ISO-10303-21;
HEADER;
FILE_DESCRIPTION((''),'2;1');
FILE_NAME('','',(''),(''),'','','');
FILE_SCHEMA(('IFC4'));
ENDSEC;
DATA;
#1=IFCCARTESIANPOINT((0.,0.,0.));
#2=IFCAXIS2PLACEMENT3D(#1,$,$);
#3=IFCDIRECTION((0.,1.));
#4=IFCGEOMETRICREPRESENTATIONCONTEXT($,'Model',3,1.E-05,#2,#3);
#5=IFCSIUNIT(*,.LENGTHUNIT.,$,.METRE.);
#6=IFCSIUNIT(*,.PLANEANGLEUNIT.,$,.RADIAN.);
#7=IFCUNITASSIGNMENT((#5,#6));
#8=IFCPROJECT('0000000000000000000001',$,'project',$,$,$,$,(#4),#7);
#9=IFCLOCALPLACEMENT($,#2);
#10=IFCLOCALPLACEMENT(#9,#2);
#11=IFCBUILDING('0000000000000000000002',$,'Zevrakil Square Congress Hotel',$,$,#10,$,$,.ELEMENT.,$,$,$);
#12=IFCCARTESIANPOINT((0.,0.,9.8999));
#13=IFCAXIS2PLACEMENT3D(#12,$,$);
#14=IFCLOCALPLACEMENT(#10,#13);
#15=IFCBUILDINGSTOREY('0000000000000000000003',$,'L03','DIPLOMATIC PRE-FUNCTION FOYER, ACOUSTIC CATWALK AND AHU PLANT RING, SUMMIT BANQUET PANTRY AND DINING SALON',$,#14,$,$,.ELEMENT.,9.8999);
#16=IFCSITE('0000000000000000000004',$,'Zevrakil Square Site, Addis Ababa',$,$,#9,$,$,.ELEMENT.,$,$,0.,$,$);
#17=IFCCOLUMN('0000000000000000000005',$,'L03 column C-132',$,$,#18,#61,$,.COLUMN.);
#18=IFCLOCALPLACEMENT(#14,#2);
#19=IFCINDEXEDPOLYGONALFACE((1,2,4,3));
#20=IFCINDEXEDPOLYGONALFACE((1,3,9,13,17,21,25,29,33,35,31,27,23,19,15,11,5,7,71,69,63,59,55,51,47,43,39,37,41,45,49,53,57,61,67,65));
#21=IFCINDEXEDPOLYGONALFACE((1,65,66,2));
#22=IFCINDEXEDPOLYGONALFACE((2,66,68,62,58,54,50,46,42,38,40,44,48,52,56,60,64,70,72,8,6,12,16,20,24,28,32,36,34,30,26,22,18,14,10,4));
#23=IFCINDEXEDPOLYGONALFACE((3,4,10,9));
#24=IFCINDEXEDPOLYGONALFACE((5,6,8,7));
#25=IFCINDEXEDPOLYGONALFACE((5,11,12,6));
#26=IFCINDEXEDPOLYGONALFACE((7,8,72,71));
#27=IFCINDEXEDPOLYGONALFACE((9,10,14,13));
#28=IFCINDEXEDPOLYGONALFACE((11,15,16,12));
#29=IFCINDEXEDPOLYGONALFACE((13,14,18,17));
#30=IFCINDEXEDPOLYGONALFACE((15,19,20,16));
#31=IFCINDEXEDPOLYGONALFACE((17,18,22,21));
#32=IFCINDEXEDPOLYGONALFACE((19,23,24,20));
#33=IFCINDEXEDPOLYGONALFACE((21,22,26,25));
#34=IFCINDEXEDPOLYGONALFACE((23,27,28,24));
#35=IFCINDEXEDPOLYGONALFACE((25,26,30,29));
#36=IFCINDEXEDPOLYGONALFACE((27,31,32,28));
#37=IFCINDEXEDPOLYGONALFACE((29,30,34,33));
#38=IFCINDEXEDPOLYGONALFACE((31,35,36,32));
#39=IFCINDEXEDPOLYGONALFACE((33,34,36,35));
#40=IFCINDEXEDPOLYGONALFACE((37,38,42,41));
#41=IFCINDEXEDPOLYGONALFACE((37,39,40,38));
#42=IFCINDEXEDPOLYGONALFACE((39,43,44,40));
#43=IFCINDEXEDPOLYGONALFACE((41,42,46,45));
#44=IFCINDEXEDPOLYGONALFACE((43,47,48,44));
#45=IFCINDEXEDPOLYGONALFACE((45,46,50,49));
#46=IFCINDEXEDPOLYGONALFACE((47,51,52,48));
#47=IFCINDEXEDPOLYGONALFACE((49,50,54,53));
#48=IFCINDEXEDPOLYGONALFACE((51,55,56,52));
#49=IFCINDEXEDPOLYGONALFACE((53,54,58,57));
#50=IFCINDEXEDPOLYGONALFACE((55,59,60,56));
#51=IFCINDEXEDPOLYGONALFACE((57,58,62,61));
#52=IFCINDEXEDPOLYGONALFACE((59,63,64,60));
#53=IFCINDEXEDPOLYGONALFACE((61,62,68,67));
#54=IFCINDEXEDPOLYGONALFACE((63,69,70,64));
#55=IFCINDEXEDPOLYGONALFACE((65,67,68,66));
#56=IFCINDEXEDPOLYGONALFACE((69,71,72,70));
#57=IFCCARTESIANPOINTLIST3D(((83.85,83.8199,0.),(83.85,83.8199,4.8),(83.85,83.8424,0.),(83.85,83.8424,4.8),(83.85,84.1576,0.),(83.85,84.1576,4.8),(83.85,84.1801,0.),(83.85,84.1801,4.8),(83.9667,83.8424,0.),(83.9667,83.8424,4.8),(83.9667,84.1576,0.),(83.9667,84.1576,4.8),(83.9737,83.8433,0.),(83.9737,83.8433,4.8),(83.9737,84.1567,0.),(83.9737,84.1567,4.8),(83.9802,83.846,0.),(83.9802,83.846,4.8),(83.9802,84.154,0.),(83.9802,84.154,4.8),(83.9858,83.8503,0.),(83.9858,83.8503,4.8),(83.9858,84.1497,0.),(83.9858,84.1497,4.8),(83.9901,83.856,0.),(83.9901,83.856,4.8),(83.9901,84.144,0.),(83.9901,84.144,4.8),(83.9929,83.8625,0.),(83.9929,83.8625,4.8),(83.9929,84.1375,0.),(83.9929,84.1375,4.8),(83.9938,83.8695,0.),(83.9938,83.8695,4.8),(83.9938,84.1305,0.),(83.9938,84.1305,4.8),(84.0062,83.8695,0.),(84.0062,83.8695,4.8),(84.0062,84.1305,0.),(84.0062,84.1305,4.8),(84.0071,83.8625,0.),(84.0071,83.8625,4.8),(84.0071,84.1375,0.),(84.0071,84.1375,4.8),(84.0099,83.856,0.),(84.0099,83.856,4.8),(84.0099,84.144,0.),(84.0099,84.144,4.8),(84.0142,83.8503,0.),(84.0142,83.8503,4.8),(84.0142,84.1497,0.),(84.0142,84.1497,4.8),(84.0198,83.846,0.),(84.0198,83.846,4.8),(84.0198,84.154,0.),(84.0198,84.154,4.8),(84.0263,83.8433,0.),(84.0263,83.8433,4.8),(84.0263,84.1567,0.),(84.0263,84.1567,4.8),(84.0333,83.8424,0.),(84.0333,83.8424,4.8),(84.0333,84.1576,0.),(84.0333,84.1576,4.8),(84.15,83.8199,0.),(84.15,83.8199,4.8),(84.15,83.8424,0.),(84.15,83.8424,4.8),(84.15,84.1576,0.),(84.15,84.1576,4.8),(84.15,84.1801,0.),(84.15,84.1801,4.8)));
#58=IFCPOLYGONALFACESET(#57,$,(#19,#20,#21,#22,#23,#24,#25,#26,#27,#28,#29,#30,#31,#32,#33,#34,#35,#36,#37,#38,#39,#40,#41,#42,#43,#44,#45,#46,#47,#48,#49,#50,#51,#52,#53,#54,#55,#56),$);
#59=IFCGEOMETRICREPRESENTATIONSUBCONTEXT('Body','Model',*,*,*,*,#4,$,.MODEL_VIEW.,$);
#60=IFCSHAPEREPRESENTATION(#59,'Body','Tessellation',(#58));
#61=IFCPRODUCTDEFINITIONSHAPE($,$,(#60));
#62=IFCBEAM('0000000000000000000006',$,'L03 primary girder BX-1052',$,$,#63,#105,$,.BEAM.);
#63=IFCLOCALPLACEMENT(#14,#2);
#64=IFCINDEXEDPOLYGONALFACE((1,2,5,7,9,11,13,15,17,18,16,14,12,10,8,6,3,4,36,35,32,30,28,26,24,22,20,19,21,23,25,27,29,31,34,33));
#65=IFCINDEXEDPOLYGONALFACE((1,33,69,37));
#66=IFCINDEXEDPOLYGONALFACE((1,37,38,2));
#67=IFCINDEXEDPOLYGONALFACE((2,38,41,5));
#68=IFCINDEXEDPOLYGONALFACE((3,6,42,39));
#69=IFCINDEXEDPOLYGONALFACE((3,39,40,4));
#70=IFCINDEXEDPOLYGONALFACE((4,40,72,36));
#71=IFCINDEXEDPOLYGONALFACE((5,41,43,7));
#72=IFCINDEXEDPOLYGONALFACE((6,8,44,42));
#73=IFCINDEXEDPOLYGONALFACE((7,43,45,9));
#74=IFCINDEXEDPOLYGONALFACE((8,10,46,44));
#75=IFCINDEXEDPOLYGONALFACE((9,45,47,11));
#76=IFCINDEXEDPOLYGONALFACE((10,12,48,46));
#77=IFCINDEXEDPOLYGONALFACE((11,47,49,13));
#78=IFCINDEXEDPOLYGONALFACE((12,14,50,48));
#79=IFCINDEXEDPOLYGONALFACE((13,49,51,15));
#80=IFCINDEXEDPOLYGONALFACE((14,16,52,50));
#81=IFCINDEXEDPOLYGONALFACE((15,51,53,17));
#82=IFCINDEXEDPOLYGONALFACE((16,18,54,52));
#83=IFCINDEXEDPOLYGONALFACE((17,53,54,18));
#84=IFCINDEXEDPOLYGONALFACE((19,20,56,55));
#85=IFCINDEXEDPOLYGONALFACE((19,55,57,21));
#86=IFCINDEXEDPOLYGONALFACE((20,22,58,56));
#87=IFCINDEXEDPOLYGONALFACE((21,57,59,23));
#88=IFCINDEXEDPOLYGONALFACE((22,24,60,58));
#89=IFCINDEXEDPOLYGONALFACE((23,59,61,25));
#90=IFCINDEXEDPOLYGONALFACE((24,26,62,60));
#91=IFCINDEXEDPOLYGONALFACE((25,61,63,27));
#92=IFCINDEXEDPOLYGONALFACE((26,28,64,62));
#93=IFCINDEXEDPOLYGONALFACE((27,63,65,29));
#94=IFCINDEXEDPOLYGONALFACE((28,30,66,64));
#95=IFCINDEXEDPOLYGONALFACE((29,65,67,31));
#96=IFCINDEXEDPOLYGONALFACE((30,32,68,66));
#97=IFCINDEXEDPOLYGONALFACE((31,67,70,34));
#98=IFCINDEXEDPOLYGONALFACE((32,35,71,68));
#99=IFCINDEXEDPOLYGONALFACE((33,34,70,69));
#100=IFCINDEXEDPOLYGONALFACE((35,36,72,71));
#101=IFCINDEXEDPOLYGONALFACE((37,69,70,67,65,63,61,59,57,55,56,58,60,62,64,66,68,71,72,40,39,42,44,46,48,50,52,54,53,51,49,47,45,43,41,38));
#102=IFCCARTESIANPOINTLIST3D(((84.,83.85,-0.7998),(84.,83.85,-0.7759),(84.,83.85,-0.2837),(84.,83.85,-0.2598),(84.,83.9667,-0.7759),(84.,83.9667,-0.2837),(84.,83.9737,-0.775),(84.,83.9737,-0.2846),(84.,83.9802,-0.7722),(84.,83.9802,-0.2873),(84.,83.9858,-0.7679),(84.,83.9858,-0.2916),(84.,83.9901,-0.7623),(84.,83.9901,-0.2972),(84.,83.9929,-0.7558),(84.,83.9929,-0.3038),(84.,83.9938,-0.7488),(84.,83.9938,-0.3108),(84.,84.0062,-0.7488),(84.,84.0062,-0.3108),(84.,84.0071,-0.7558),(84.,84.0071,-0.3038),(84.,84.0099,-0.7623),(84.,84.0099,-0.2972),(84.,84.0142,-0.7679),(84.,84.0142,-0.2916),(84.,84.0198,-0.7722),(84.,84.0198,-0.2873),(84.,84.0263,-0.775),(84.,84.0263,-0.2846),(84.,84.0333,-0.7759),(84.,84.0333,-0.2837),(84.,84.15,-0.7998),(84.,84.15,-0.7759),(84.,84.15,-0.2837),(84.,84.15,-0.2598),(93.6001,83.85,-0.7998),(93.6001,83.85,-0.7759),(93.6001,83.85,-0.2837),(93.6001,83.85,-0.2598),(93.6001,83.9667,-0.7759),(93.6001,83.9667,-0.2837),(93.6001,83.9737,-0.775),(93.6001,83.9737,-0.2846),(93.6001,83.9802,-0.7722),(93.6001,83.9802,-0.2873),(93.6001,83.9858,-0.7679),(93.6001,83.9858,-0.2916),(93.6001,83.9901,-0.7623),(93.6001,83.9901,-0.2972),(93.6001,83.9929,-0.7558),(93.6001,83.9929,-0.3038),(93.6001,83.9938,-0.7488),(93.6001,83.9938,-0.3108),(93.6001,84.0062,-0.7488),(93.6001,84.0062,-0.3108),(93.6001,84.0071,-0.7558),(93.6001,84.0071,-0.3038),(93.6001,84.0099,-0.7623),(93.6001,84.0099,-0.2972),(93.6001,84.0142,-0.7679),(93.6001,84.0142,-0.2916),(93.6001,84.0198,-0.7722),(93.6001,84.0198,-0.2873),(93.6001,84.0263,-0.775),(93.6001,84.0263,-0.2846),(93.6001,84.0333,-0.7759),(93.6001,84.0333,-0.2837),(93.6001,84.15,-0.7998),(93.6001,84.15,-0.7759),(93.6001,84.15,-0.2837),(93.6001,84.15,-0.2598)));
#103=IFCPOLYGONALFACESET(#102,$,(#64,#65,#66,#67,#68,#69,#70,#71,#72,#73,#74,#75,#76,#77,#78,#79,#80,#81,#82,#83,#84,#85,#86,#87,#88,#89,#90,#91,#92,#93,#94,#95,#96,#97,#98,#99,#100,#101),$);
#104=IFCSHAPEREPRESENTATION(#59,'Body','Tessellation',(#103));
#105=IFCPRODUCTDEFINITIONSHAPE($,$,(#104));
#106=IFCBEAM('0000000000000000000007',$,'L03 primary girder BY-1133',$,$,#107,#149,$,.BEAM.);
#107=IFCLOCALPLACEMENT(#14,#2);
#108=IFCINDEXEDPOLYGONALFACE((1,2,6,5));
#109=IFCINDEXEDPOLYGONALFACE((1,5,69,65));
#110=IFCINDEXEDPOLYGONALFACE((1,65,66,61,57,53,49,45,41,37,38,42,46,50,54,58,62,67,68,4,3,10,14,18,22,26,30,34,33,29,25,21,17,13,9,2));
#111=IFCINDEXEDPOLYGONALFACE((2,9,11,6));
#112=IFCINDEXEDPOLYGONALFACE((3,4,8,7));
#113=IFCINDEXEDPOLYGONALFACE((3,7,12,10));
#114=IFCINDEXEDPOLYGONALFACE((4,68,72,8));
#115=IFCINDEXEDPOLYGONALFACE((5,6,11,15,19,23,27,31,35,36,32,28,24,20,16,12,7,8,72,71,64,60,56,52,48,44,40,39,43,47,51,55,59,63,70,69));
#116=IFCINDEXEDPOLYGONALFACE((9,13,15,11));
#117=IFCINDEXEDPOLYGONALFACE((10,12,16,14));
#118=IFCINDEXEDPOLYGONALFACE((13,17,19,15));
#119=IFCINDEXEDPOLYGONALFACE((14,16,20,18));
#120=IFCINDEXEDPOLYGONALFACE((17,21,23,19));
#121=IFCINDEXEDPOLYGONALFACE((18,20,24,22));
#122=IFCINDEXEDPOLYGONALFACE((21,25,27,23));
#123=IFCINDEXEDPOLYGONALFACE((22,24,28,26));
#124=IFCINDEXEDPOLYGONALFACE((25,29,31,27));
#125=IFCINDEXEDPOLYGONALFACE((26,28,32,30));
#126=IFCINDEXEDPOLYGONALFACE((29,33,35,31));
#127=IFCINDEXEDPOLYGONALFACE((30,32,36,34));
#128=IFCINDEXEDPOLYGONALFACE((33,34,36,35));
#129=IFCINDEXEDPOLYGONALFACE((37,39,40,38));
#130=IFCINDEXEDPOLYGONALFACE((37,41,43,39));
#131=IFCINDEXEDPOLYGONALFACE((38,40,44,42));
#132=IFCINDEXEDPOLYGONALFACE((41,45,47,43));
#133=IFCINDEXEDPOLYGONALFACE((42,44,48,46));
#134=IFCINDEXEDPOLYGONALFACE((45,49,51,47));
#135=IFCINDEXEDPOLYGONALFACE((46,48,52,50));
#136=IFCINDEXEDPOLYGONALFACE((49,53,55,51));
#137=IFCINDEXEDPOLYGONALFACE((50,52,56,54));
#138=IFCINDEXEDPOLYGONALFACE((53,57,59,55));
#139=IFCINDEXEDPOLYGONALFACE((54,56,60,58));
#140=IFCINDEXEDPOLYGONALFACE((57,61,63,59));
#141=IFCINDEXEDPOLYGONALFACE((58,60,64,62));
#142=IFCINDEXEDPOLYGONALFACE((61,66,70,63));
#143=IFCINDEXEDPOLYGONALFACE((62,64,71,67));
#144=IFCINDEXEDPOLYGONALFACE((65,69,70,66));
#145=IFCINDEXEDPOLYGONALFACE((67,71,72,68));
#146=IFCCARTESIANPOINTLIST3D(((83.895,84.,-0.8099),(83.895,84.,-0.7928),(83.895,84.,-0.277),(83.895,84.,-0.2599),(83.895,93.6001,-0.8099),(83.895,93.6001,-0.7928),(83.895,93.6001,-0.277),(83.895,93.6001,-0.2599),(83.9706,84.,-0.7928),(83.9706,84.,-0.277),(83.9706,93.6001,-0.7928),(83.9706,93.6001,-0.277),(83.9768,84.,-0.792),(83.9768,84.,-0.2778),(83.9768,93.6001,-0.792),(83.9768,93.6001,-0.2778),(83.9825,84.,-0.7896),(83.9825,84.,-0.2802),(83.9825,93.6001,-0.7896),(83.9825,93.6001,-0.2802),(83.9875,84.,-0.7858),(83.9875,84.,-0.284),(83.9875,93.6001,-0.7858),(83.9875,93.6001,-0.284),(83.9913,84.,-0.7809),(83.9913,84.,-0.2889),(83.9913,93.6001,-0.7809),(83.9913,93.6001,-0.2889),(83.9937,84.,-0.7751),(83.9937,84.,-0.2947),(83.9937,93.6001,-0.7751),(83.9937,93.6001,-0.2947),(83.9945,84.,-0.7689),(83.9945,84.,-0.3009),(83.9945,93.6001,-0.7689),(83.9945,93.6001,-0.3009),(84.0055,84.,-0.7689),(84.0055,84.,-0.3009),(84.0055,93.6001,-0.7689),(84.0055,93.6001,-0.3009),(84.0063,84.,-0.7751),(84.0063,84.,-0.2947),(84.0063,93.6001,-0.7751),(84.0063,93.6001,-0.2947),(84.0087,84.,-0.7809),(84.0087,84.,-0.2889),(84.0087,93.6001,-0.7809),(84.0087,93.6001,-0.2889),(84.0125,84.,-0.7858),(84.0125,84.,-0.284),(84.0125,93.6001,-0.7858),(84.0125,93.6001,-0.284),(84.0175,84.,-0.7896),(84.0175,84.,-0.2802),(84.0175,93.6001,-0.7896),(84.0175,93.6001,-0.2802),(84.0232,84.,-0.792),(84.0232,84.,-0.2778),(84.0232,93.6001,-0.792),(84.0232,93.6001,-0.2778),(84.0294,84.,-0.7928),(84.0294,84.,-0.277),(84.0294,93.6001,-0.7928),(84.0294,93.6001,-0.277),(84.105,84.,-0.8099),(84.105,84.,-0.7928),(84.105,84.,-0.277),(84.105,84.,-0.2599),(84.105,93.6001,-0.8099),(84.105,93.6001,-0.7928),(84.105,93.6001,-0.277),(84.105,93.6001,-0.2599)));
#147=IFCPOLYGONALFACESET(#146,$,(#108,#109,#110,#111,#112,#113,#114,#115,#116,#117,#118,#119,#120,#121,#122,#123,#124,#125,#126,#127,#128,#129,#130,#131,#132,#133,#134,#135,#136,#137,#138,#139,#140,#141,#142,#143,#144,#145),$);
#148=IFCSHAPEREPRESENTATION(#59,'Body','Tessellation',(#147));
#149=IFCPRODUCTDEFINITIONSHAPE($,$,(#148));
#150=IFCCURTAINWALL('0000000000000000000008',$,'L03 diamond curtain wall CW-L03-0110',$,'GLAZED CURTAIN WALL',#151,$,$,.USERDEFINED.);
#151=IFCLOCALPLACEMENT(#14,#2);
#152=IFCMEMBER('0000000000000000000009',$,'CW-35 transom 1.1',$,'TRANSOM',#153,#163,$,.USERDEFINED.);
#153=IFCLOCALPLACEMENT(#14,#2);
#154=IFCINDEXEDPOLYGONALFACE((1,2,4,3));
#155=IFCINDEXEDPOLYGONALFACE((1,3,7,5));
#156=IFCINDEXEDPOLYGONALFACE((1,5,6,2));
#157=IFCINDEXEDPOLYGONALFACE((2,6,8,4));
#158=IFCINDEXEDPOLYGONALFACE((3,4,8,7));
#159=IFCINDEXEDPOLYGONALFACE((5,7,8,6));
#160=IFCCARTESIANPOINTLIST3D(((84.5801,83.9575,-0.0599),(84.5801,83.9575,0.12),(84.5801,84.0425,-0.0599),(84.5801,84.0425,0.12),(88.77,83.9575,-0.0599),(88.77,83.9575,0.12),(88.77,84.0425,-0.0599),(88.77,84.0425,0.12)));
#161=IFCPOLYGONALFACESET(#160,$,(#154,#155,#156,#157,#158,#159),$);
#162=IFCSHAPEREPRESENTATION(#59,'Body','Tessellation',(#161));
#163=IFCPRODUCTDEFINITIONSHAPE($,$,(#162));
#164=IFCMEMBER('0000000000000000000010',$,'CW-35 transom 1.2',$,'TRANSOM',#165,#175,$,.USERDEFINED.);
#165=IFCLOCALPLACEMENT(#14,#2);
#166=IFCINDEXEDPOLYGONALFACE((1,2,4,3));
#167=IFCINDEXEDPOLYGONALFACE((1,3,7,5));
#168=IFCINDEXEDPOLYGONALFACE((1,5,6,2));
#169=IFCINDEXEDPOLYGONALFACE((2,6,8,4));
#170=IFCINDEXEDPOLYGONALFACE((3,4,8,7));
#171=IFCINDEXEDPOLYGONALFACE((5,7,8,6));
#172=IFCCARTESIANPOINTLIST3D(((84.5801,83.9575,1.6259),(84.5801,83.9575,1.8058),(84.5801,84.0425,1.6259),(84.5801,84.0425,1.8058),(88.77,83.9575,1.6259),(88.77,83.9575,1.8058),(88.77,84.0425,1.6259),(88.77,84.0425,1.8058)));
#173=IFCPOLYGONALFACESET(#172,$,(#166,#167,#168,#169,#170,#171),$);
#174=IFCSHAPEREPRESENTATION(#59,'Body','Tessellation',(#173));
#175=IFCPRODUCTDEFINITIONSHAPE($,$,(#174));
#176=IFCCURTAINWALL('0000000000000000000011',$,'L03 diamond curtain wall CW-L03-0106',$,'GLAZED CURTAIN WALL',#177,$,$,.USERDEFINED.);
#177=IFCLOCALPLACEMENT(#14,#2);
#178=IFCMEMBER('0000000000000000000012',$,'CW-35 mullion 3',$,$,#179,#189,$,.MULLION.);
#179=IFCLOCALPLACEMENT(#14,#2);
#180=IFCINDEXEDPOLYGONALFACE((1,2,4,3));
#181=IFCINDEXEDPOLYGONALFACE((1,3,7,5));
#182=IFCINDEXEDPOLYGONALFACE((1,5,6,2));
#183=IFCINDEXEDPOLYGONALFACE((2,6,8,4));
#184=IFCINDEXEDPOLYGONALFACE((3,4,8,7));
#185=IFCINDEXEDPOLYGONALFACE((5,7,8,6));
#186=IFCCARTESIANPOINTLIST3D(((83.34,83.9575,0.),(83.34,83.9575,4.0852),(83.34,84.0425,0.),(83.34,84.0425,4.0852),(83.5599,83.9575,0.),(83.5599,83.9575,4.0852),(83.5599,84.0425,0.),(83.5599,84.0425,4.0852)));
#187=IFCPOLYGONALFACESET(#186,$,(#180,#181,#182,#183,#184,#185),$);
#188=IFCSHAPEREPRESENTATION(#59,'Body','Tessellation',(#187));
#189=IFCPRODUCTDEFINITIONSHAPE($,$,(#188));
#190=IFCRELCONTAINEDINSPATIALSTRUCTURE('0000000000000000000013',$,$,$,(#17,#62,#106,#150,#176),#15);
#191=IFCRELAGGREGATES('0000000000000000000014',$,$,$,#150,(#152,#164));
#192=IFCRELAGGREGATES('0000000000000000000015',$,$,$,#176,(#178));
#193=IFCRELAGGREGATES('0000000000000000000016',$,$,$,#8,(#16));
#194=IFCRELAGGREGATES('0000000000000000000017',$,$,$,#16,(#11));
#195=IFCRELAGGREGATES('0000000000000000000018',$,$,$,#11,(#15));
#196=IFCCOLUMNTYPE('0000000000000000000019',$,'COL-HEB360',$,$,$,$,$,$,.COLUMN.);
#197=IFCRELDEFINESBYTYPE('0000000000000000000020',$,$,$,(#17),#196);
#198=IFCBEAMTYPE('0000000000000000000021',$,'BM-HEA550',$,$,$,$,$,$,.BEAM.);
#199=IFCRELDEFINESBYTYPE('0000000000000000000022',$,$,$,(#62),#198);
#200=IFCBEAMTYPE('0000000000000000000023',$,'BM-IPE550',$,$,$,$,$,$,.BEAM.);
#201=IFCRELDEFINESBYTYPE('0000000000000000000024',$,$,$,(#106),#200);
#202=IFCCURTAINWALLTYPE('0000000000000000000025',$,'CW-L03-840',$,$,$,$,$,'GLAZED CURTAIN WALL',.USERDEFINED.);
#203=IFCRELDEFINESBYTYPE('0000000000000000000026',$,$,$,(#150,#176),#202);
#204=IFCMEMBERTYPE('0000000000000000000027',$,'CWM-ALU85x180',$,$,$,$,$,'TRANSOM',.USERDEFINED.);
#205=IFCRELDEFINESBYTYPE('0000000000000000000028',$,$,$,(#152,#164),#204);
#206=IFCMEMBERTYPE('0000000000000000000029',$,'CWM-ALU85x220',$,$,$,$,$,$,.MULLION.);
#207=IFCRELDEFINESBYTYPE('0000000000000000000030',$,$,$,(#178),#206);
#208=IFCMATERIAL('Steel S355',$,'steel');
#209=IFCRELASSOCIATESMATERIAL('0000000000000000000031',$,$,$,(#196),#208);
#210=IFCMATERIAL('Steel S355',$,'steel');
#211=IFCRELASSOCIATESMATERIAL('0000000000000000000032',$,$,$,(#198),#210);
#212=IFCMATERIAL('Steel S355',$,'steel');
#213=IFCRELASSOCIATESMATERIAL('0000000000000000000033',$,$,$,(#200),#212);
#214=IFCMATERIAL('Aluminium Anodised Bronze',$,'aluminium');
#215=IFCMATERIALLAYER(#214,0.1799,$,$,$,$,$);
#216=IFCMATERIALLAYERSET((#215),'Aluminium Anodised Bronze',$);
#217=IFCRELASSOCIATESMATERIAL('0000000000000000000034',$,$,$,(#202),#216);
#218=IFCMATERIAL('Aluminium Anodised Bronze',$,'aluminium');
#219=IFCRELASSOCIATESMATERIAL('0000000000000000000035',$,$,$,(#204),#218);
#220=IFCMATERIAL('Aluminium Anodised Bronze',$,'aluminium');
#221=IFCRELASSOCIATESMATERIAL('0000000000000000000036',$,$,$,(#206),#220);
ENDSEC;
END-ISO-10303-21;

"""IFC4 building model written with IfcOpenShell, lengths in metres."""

from ifc_helpers import new_model, si_unit, direction, frame, origin, origin_2d, place, context, subcontext, project, spatial, rectangle, i_section, extrude, material, layer, layer_set, material_profile, profile_set, type_object, element, aggregate, save


model = new_model("IFC4")

# Units and contexts
model_context = context("Model", 3, precision=1e-05, world=origin(), true_north=direction((0.0, 1.0)))
body_context = subcontext(model_context, "Body", "Model", "MODEL_VIEW")
ifc_project = project(units=[si_unit("LENGTHUNIT", "METRE"), si_unit("PLANEANGLEUNIT", "RADIAN")], contexts=[model_context])

# Site, building, storey
site_placement = place(None, origin())
site = spatial("IfcSite", under=ifc_project, at=site_placement, Name="Zevrakil Square Site, Addis Ababa", CompositionType="ELEMENT", RefElevation=0.0)
building_placement = place(site_placement, origin())
building = spatial("IfcBuilding", under=site, at=building_placement, Name="Zevrakil Square Congress Hotel", CompositionType="ELEMENT")
storey_placement = place(building_placement, frame((0.0, 0.0, 9.8999)))
storey = spatial("IfcBuildingStorey", under=building, at=storey_placement, Name="L03", Description="DIPLOMATIC PRE-FUNCTION FOYER, ACOUSTIC CATWALK AND AHU PLANT RING, SUMMIT BANQUET PANTRY AND DINING SALON", CompositionType="ELEMENT", Elevation=9.8999)

# Column
ifc_material_1 = material(Name="Steel S355", Category="steel")
ifc_material_profile_1 = material_profile(ifc_material_1, i_section(OverallWidth=0.3, OverallDepth=0.3601, WebThickness=0.0125, FlangeThickness=0.0225, FilletRadius=0.0271, at=origin_2d()), Name="HEB 360")
ifc_profile_set_1 = profile_set([ifc_material_profile_1], Name="Steel S355")
column_type = type_object("IfcColumnType", Name="COL-HEB360", PredefinedType="COLUMN", material=ifc_profile_set_1)
column_placement = place(storey_placement, frame((84.0, 84.0, 0.0), z_axis=(0.0, 0.0, 1.0), x_axis=(1.0, 0.0, 0.0)))
element("IfcColumn", 1, at=column_placement, inside=storey, type_object=column_type, Name="L03 column C-132", PredefinedType="COLUMN", context=body_context, shape_type="SweptSolid", body=[
    extrude(i_section(OverallWidth=0.3, OverallDepth=0.3601, WebThickness=0.0125, FlangeThickness=0.0225, FilletRadius=0.0271, at=origin_2d()), origin(), (0.0, 0.0, 1.0), 4.8),
])

# Beams
ifc_material_2 = material(Name="Steel S355", Category="steel")
ifc_material_profile_2 = material_profile(ifc_material_2, i_section(OverallWidth=0.3, OverallDepth=0.54, WebThickness=0.0125, FlangeThickness=0.0239, FilletRadius=0.0271, at=origin_2d()), Name="HEA 550")
ifc_profile_set_2 = profile_set([ifc_material_profile_2], Name="Steel S355")
beam_type_1 = type_object("IfcBeamType", Name="BM-HEA550", PredefinedType="BEAM", material=ifc_profile_set_2)
beam_1_placement = place(storey_placement, frame((84.0, 84.0, -0.5298), z_axis=(1.0, 0.0, 0.0), x_axis=(0.0, 1.0, 0.0)))
element("IfcBeam", 2, at=beam_1_placement, inside=storey, type_object=beam_type_1, Name="L03 primary girder BX-1052", PredefinedType="BEAM", context=body_context, shape_type="SweptSolid", body=[
    extrude(i_section(OverallWidth=0.3, OverallDepth=0.54, WebThickness=0.0125, FlangeThickness=0.0239, FilletRadius=0.0271, at=origin_2d()), origin(), (0.0, 0.0, 1.0), 9.6001),
])
ifc_material_3 = material(Name="Steel S355", Category="steel")
ifc_material_profile_3 = material_profile(ifc_material_3, i_section(OverallWidth=0.21, OverallDepth=0.55, WebThickness=0.011, FlangeThickness=0.0171, FilletRadius=0.0239, at=origin_2d()), Name="IPE 550")
ifc_profile_set_3 = profile_set([ifc_material_profile_3], Name="Steel S355")
beam_type_2 = type_object("IfcBeamType", Name="BM-IPE550", PredefinedType="BEAM", material=ifc_profile_set_3)
beam_2_placement = place(storey_placement, frame((84.0, 84.0, -0.5349), z_axis=(0.0, 1.0, 0.0), x_axis=(-1.0, 0.0, 0.0)))
element("IfcBeam", 3, at=beam_2_placement, inside=storey, type_object=beam_type_2, Name="L03 primary girder BY-1133", PredefinedType="BEAM", context=body_context, shape_type="SweptSolid", body=[
    extrude(i_section(OverallWidth=0.21, OverallDepth=0.55, WebThickness=0.011, FlangeThickness=0.0171, FilletRadius=0.0239, at=origin_2d()), origin(), (0.0, 0.0, 1.0), 9.6001),
])

# Curtain wall, members
ifc_material_4 = material(Name="Aluminium Anodised Bronze", Category="aluminium")
ifc_layer_1 = layer(ifc_material_4, 0.1799)
ifc_layer_set_1 = layer_set([ifc_layer_1], Name="Aluminium Anodised Bronze")
curtain_wall_type = type_object("IfcCurtainWallType", Name="CW-L03-840", ElementType="GLAZED CURTAIN WALL", PredefinedType="USERDEFINED", material=ifc_layer_set_1)
curtain_wall_1_placement = place(storey_placement, origin())
curtain_wall_1 = element("IfcCurtainWall", 4, at=curtain_wall_1_placement, inside=storey, type_object=curtain_wall_type, Name="L03 diamond curtain wall CW-L03-0110", ObjectType="GLAZED CURTAIN WALL", PredefinedType="USERDEFINED")
ifc_material_5 = material(Name="Aluminium Anodised Bronze", Category="aluminium")
ifc_material_profile_4 = material_profile(ifc_material_5, rectangle(XDim=0.085, YDim=0.1799, at=origin_2d()), Name="ALU 85x180")
ifc_profile_set_4 = profile_set([ifc_material_profile_4], Name="Aluminium Anodised Bronze")
member_type_1 = type_object("IfcMemberType", Name="CWM-ALU85x180", ElementType="TRANSOM", PredefinedType="USERDEFINED", material=ifc_profile_set_4)
member_1_placement = place(storey_placement, frame((84.5801, 84.0, 0.03), z_axis=(1.0, 0.0, 0.0), x_axis=(0.0, 1.0, 0.0)))
member_1 = element("IfcMember", 5, at=member_1_placement, type_object=member_type_1, Name="CW-35 transom 1.1", ObjectType="TRANSOM", PredefinedType="USERDEFINED", context=body_context, shape_type="SweptSolid", body=[
    extrude(rectangle(XDim=0.085, YDim=0.1799, at=origin_2d()), origin(), (0.0, 0.0, 1.0), 4.1899),
])
member_2_placement = place(storey_placement, frame((84.5801, 84.0, 1.7158), z_axis=(1.0, 0.0, 0.0), x_axis=(0.0, 1.0, 0.0)))
member_2 = element("IfcMember", 6, at=member_2_placement, type_object=member_type_1, Name="CW-35 transom 1.2", ObjectType="TRANSOM", PredefinedType="USERDEFINED", context=body_context, shape_type="SweptSolid", body=[
    extrude(rectangle(XDim=0.085, YDim=0.1799, at=origin_2d()), origin(), (0.0, 0.0, 1.0), 4.1899),
])

# Curtain wall, member
curtain_wall_2_placement = place(storey_placement, origin())
curtain_wall_2 = element("IfcCurtainWall", 7, at=curtain_wall_2_placement, inside=storey, type_object=curtain_wall_type, Name="L03 diamond curtain wall CW-L03-0106", ObjectType="GLAZED CURTAIN WALL", PredefinedType="USERDEFINED")
ifc_material_6 = material(Name="Aluminium Anodised Bronze", Category="aluminium")
ifc_material_profile_5 = material_profile(ifc_material_6, rectangle(XDim=0.085, YDim=0.22, at=origin_2d()), Name="ALU 85x220")
ifc_profile_set_5 = profile_set([ifc_material_profile_5], Name="Aluminium Anodised Bronze")
member_type_2 = type_object("IfcMemberType", Name="CWM-ALU85x220", PredefinedType="MULLION", material=ifc_profile_set_5)
member_3_placement = place(storey_placement, frame((83.45, 84.0, 0.0), z_axis=(0.0, 0.0, 1.0), x_axis=(0.0, 1.0, 0.0)))
member_3 = element("IfcMember", 8, at=member_3_placement, type_object=member_type_2, Name="CW-35 mullion 3", PredefinedType="MULLION", context=body_context, shape_type="SweptSolid", body=[
    extrude(rectangle(XDim=0.085, YDim=0.22, at=origin_2d()), origin(), (0.0, 0.0, 1.0), 4.0852),
])

aggregate(curtain_wall_1, [member_1, member_2])

aggregate(curtain_wall_2, [member_3])

save(model, "model.ifc")
